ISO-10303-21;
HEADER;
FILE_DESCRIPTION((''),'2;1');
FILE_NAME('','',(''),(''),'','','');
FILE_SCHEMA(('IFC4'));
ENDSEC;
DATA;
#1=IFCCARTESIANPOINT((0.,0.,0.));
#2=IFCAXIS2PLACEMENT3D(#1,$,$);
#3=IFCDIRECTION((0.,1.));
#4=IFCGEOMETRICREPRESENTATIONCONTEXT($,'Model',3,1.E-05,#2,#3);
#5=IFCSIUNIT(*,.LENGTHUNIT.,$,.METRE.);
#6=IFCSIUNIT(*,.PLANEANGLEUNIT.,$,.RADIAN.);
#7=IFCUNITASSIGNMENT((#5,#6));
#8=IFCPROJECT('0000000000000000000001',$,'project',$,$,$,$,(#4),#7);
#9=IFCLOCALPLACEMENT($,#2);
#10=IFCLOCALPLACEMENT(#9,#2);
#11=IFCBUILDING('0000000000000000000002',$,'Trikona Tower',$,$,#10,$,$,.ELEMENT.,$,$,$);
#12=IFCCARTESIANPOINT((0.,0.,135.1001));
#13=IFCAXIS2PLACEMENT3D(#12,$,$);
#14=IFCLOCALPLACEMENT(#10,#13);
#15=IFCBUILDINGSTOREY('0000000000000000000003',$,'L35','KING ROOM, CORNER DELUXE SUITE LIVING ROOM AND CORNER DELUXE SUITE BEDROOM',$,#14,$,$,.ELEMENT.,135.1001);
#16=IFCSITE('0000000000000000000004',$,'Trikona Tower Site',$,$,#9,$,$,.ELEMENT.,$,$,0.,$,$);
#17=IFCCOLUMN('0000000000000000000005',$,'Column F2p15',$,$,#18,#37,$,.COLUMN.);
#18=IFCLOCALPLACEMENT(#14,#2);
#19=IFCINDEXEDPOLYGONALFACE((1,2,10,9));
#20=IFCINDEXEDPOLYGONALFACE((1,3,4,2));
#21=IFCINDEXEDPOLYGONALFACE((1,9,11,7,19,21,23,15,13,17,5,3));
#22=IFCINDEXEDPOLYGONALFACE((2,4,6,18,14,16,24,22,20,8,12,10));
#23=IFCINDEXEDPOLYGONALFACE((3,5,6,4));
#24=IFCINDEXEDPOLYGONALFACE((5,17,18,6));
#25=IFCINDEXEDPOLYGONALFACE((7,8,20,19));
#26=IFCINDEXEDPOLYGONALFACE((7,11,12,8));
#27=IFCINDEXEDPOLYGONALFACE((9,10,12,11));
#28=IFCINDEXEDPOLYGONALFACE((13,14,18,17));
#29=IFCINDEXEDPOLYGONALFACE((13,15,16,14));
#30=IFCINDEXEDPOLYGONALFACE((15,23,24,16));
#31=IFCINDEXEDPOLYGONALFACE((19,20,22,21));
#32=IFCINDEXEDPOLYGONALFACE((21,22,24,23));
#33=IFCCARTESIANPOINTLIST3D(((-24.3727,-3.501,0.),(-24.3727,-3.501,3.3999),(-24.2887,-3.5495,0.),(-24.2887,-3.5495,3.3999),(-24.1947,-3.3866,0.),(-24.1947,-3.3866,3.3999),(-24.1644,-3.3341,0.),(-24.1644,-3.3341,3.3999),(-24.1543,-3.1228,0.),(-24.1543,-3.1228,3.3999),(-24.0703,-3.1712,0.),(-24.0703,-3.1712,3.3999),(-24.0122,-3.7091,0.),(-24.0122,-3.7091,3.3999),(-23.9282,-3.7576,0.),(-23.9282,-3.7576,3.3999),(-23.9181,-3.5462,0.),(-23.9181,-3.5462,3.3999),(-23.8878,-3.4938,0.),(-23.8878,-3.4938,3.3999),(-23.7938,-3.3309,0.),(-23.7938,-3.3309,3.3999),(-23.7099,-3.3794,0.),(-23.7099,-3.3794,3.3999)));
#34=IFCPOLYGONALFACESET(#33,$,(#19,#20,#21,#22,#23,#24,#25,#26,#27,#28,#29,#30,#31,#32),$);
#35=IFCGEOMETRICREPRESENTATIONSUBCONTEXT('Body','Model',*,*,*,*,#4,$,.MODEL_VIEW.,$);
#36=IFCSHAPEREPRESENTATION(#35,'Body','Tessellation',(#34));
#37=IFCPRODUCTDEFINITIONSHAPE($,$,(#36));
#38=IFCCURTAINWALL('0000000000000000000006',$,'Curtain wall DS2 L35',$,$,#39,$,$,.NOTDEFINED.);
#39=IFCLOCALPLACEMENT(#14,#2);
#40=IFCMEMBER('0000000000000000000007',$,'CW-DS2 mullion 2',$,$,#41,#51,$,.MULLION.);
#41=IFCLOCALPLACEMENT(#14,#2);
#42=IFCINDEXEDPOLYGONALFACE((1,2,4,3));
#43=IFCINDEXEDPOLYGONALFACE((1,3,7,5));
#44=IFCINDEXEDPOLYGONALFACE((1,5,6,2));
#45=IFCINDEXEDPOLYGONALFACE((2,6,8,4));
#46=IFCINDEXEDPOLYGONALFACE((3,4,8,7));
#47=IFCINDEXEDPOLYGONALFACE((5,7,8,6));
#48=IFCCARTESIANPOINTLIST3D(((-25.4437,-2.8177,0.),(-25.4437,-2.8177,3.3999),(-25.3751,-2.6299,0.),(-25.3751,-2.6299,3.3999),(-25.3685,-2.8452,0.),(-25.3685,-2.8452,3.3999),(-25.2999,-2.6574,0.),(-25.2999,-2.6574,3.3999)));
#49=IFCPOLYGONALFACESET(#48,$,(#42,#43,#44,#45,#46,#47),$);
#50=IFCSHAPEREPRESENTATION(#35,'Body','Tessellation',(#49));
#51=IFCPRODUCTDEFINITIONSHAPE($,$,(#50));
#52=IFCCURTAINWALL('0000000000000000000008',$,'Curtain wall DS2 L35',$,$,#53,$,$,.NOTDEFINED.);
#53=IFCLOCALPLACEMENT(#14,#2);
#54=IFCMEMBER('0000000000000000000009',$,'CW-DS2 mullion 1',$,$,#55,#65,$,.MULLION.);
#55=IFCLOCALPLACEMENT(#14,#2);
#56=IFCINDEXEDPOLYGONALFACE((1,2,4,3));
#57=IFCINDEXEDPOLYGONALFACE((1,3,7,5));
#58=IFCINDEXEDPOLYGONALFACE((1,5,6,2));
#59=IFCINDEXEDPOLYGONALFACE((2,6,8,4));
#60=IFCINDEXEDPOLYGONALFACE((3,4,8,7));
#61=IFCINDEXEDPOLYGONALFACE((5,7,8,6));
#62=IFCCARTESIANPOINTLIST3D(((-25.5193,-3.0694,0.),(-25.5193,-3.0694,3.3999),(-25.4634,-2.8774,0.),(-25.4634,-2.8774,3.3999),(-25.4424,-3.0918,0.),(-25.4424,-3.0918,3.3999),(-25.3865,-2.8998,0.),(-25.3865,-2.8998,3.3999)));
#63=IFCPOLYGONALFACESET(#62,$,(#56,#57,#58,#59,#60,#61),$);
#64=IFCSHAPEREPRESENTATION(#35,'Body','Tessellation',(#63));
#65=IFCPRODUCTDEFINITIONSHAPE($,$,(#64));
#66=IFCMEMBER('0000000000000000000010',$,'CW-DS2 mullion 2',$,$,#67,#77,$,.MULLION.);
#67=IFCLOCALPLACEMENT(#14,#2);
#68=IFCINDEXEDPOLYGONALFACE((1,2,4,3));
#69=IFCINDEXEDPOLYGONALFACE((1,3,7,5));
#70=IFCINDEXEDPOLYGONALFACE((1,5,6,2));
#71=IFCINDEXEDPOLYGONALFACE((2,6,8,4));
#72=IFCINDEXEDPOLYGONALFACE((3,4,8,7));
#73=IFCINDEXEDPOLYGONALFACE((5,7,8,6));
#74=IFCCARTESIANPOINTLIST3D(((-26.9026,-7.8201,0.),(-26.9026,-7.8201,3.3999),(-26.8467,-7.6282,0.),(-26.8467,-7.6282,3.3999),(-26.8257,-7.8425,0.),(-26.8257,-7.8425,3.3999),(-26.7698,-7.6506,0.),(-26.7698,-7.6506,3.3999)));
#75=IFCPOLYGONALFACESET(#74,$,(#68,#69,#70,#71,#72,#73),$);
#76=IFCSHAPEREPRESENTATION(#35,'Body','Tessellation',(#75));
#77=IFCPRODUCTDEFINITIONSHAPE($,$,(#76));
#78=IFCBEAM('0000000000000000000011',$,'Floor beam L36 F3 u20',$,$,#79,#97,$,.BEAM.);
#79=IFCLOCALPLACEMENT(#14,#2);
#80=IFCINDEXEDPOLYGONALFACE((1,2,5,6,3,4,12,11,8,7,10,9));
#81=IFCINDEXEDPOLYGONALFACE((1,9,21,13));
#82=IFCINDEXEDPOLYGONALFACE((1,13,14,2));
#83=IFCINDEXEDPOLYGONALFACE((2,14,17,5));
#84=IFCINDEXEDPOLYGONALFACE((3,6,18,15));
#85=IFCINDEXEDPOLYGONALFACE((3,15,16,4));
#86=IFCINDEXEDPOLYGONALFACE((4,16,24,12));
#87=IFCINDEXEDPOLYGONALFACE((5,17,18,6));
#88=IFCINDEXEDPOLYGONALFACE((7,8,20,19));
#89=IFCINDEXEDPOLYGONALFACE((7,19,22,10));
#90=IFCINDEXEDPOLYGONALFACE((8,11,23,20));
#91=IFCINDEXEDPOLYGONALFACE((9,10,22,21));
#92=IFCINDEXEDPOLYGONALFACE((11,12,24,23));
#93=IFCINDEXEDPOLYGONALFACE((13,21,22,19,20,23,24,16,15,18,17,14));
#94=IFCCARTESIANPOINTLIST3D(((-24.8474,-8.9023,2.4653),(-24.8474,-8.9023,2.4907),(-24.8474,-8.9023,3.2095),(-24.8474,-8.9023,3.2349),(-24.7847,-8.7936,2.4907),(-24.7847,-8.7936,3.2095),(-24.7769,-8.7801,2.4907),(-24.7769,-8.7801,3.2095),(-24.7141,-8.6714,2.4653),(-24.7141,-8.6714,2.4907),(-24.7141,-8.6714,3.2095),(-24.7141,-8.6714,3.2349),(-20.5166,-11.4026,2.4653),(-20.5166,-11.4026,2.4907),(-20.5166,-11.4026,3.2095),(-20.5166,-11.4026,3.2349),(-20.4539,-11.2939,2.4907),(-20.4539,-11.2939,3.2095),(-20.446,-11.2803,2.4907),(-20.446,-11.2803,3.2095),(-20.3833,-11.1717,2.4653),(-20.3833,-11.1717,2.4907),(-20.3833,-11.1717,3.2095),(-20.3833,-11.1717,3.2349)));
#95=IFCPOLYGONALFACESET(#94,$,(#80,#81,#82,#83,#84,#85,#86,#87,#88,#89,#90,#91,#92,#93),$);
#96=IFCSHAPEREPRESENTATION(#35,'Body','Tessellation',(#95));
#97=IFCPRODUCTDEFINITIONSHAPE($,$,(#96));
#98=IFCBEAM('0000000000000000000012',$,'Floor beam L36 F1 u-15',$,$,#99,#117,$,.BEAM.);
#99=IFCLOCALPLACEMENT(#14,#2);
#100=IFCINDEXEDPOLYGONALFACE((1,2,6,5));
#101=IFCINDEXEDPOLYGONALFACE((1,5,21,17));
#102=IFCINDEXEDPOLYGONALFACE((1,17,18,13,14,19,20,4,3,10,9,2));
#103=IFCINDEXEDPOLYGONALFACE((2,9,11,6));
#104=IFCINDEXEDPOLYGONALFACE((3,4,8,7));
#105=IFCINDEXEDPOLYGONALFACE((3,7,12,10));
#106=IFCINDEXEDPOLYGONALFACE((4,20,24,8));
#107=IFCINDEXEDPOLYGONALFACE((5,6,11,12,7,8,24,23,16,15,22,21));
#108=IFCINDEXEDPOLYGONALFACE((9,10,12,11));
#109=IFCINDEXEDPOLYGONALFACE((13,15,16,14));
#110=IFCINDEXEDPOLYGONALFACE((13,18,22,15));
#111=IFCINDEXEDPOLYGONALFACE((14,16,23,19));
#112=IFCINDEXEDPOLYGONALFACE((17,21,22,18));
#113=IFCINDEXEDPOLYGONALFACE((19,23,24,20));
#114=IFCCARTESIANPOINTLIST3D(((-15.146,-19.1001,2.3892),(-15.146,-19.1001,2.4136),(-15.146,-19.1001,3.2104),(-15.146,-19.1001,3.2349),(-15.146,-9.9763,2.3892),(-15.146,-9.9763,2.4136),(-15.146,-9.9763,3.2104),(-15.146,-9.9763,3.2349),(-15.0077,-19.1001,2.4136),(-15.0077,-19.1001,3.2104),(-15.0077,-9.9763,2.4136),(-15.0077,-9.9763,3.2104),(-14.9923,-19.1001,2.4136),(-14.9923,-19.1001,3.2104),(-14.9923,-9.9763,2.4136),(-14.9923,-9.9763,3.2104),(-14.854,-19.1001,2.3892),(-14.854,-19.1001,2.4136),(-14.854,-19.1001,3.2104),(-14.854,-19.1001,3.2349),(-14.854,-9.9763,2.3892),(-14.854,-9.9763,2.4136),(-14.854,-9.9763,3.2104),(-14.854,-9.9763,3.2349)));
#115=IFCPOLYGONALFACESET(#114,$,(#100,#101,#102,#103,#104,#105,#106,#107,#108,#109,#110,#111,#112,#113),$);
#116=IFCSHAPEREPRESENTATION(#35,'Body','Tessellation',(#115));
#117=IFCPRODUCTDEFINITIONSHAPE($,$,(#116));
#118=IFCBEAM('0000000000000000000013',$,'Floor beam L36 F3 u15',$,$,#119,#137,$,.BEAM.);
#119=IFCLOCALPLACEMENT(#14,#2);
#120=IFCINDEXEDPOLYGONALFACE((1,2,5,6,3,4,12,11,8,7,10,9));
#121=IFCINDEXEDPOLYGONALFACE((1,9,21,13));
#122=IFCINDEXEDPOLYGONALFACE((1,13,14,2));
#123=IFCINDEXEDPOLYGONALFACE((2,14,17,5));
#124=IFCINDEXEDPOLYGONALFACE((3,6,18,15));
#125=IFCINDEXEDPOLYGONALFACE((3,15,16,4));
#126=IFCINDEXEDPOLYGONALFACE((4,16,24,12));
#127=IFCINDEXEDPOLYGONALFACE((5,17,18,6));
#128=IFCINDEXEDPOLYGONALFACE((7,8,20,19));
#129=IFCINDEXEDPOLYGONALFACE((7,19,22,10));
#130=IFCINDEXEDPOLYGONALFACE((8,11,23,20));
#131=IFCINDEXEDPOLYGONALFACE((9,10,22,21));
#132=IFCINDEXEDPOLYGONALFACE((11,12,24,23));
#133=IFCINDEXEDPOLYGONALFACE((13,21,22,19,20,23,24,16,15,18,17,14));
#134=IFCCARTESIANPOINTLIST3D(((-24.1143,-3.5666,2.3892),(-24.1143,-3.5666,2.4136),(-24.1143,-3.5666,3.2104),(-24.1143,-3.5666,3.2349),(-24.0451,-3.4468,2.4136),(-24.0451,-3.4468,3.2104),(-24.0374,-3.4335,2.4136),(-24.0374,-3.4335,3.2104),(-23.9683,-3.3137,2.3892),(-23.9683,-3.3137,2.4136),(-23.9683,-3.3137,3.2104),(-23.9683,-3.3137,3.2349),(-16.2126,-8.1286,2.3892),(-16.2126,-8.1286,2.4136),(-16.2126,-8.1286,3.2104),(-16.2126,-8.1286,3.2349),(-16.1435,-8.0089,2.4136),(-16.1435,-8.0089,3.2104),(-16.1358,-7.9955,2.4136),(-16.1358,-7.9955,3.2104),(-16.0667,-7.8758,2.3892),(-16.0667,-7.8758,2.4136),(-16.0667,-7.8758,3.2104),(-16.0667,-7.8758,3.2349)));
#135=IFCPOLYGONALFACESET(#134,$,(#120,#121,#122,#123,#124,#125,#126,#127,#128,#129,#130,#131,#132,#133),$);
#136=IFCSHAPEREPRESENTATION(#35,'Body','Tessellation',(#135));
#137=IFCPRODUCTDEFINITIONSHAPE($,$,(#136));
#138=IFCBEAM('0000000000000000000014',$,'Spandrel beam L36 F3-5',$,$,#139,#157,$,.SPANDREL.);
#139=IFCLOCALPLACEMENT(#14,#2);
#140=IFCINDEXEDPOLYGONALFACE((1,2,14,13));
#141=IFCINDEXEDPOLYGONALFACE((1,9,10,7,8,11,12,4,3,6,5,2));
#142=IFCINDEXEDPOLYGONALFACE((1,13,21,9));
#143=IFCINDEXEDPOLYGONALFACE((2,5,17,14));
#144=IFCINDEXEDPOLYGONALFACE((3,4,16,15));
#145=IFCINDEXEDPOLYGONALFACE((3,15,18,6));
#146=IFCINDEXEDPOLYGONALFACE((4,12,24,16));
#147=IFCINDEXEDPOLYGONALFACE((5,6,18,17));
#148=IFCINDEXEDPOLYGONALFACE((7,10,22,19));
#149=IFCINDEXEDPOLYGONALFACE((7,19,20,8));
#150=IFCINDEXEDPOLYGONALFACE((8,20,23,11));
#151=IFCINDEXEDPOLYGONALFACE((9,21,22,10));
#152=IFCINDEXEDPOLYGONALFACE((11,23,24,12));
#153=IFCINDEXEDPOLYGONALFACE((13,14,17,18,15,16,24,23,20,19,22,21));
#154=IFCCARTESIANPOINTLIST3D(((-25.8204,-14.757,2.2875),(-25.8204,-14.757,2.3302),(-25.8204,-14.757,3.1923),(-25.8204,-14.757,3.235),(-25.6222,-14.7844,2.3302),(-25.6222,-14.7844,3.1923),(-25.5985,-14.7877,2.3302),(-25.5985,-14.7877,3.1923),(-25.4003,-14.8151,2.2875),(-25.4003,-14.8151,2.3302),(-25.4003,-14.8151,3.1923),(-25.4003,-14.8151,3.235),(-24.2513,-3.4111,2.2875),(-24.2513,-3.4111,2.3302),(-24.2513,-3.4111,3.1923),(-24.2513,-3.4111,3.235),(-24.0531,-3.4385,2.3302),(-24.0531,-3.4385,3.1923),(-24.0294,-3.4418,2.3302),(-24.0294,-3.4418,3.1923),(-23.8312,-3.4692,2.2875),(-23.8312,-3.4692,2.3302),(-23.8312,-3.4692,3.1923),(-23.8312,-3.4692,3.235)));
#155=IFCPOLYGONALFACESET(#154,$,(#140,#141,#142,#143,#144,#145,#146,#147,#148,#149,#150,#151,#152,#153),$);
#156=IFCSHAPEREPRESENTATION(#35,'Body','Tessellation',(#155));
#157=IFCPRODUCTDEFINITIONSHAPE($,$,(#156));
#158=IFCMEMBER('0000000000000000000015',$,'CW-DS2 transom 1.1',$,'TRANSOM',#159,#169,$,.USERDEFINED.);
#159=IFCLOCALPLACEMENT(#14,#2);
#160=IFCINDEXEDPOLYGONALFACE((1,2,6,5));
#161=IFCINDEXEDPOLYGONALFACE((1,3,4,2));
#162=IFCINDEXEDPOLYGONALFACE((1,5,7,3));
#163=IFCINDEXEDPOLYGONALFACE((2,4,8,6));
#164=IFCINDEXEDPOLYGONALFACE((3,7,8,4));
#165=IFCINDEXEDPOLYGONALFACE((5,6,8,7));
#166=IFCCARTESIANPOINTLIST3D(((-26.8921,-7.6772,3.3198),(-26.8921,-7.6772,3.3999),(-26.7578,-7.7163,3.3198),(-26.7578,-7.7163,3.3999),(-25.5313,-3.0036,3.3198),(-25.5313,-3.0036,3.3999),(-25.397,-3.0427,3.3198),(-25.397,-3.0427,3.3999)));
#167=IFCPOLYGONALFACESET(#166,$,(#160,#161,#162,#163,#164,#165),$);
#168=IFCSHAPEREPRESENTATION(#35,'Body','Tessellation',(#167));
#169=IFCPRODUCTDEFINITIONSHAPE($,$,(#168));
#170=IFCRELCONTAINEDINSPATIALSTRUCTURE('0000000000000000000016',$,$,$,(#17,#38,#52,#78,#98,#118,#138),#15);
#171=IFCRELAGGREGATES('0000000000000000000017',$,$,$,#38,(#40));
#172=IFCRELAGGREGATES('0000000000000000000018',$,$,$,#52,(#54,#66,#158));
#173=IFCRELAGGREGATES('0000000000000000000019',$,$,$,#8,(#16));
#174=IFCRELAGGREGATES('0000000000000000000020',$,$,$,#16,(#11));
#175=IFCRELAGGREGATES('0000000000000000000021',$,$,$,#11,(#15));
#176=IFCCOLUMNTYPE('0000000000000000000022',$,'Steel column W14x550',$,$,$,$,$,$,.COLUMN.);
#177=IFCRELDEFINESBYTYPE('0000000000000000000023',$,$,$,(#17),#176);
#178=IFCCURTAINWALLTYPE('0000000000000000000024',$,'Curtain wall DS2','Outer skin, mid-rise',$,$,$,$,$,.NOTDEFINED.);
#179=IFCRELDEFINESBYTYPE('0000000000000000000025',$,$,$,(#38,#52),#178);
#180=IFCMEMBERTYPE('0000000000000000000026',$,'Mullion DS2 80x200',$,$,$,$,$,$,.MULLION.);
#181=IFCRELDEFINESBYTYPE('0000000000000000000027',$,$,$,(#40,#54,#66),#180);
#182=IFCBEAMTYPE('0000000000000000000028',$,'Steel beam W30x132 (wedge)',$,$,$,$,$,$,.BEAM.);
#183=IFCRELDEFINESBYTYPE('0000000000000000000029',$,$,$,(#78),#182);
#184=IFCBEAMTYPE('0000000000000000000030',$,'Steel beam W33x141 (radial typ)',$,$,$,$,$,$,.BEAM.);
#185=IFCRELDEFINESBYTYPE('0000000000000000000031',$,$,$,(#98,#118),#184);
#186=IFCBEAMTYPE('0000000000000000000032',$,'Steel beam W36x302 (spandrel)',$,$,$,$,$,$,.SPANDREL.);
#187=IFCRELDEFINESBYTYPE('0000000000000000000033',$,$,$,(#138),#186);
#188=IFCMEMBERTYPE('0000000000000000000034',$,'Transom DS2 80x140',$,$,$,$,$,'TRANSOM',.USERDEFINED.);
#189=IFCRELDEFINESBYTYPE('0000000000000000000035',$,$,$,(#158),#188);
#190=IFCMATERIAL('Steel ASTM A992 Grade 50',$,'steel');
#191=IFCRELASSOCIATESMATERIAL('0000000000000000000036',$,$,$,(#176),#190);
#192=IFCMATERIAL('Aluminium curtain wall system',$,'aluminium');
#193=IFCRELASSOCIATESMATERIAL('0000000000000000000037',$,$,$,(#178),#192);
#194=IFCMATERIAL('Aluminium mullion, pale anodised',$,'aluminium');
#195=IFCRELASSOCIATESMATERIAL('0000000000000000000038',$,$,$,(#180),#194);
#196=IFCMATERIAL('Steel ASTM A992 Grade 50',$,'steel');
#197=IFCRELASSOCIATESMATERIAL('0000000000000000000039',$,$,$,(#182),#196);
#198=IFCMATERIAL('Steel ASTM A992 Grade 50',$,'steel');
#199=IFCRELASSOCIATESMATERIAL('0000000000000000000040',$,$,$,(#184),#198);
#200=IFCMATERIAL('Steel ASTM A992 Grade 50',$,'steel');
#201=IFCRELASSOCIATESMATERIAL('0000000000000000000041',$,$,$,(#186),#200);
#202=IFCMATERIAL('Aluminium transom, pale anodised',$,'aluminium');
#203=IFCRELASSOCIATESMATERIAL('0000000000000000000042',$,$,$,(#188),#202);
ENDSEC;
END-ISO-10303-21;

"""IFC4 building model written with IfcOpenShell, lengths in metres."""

from ifc_helpers import new_model, si_unit, direction, frame, origin, origin_2d, place, context, subcontext, project, spatial, rectangle, i_section, extrude, material, material_profile, profile_set, type_object, element, aggregate, save


model = new_model("IFC4")

# Units and contexts
model_context = context("Model", 3, precision=1e-05, world=origin(), true_north=direction((0.0, 1.0)))
body_context = subcontext(model_context, "Body", "Model", "MODEL_VIEW")
ifc_project = project(units=[si_unit("LENGTHUNIT", "METRE"), si_unit("PLANEANGLEUNIT", "RADIAN")], contexts=[model_context])

# Site, building, storey
site_placement = place(None, origin())
site = spatial("IfcSite", under=ifc_project, at=site_placement, Name="Trikona Tower Site", CompositionType="ELEMENT", RefElevation=0.0)
building_placement = place(site_placement, origin())
building = spatial("IfcBuilding", under=site, at=building_placement, Name="Trikona Tower", CompositionType="ELEMENT")
storey_placement = place(building_placement, frame((0.0, 0.0, 135.1001)))
storey = spatial("IfcBuildingStorey", under=building, at=storey_placement, Name="L35", Description="KING ROOM, CORNER DELUXE SUITE LIVING ROOM AND CORNER DELUXE SUITE BEDROOM", CompositionType="ELEMENT", Elevation=135.1001)

# Column
ifc_material_1 = material(Name="Steel ASTM A992 Grade 50", Category="steel")
ifc_material_profile_1 = material_profile(ifc_material_1, i_section(OverallWidth=0.4368, OverallDepth=0.5132, WebThickness=0.0605, FlangeThickness=0.0969, at=origin_2d()), Name="W14X550")
ifc_profile_set_1 = profile_set([ifc_material_profile_1], Name="Steel ASTM A992 Grade 50")
column_type = type_object("IfcColumnType", Name="Steel column W14x550", PredefinedType="COLUMN", material=ifc_profile_set_1)
column_placement = place(storey_placement, frame((-24.0413, -3.4402, 0.0), z_axis=(0.0, 0.0, 1.0), x_axis=(-0.5, -0.866025, 0.0)))
element("IfcColumn", 1, at=column_placement, inside=storey, type_object=column_type, Name="Column F2p15", PredefinedType="COLUMN", context=body_context, shape_type="SweptSolid", body=[
    extrude(i_section(OverallWidth=0.4368, OverallDepth=0.5132, WebThickness=0.0605, FlangeThickness=0.0969, at=origin_2d()), origin(), (0.0, 0.0, 1.0), 3.3999),
])

# Curtain wall, member
ifc_material_2 = material(Name="Aluminium curtain wall system", Category="aluminium")
curtain_wall_type = type_object("IfcCurtainWallType", Name="Curtain wall DS2", Description="Outer skin, mid-rise", PredefinedType="NOTDEFINED", material=ifc_material_2)
curtain_wall_1_placement = place(storey_placement, origin())
curtain_wall_1 = element("IfcCurtainWall", 2, at=curtain_wall_1_placement, inside=storey, type_object=curtain_wall_type, Name="Curtain wall DS2 L35", PredefinedType="NOTDEFINED")
ifc_material_3 = material(Name="Aluminium mullion, pale anodised", Category="aluminium")
ifc_material_profile_2 = material_profile(ifc_material_3, rectangle(XDim=0.0801, YDim=0.2, at=origin_2d()), Name="MUL-DS2")
ifc_profile_set_2 = profile_set([ifc_material_profile_2], Name="Aluminium mullion, pale anodised")
member_type_1 = type_object("IfcMemberType", Name="Mullion DS2 80x200", PredefinedType="MULLION", material=ifc_profile_set_2)
member_1_placement = place(storey_placement, frame((-25.3718, -2.7375, 0.0), z_axis=(0.0, 0.0, 1.0), x_axis=(0.939254, -0.343223, 0.0)))
member_1 = element("IfcMember", 3, at=member_1_placement, type_object=member_type_1, Name="CW-DS2 mullion 2", PredefinedType="MULLION", context=body_context, shape_type="SweptSolid", body=[
    extrude(rectangle(XDim=0.0801, YDim=0.2, at=origin_2d()), origin(), (0.0, 0.0, 1.0), 3.3999),
])
aggregate(curtain_wall_1, [member_1])

# Curtain wall, members
curtain_wall_2_placement = place(storey_placement, origin())
curtain_wall_2 = element("IfcCurtainWall", 4, at=curtain_wall_2_placement, inside=storey, type_object=curtain_wall_type, Name="Curtain wall DS2 L35", PredefinedType="NOTDEFINED")
member_2_placement = place(storey_placement, frame((-25.4529, -2.9846, 0.0), z_axis=(0.0, 0.0, 1.0), x_axis=(0.960133, -0.279543, 0.0)))
member_2 = element("IfcMember", 5, at=member_2_placement, type_object=member_type_1, Name="CW-DS2 mullion 1", PredefinedType="MULLION", context=body_context, shape_type="SweptSolid", body=[
    extrude(rectangle(XDim=0.0801, YDim=0.2, at=origin_2d()), origin(), (0.0, 0.0, 1.0), 3.3999),
])
member_3_placement = place(storey_placement, frame((-26.8362, -7.7354, 0.0), z_axis=(0.0, 0.0, 1.0), x_axis=(0.960133, -0.279543, 0.0)))
member_3 = element("IfcMember", 6, at=member_3_placement, type_object=member_type_1, Name="CW-DS2 mullion 2", PredefinedType="MULLION", context=body_context, shape_type="SweptSolid", body=[
    extrude(rectangle(XDim=0.0801, YDim=0.2, at=origin_2d()), origin(), (0.0, 0.0, 1.0), 3.3999),
])

# Beams
ifc_material_4 = material(Name="Steel ASTM A992 Grade 50", Category="steel")
ifc_material_profile_3 = material_profile(ifc_material_4, i_section(OverallWidth=0.2666, OverallDepth=0.7695, WebThickness=0.0156, FlangeThickness=0.0254, at=origin_2d()), Name="W30X132")
ifc_profile_set_3 = profile_set([ifc_material_profile_3], Name="Steel ASTM A992 Grade 50")
beam_type_1 = type_object("IfcBeamType", Name="Steel beam W30x132 (wedge)", PredefinedType="BEAM", material=ifc_profile_set_3)
beam_1_placement = place(storey_placement, frame((-20.45, -11.2871, 2.8501), z_axis=(-0.866038, 0.499977, 0.0), x_axis=(-0.499977, -0.866038, 0.0)))
element("IfcBeam", 7, at=beam_1_placement, inside=storey, type_object=beam_type_1, Name="Floor beam L36 F3 u20", PredefinedType="BEAM", context=body_context, shape_type="SweptSolid", body=[
    extrude(i_section(OverallWidth=0.2666, OverallDepth=0.7695, WebThickness=0.0156, FlangeThickness=0.0254, at=origin_2d()), origin(), (0.0, 0.0, 1.0), 5.0007),
])
ifc_material_5 = material(Name="Steel ASTM A992 Grade 50", Category="steel")
ifc_material_profile_4 = material_profile(ifc_material_5, i_section(OverallWidth=0.292, OverallDepth=0.8457, WebThickness=0.0154, FlangeThickness=0.0244, at=origin_2d()), Name="W33X141")
ifc_profile_set_4 = profile_set([ifc_material_profile_4], Name="Steel ASTM A992 Grade 50")
beam_type_2 = type_object("IfcBeamType", Name="Steel beam W33x141 (radial typ)", PredefinedType="BEAM", material=ifc_profile_set_4)
beam_2_placement = place(storey_placement, frame((-15.0, -9.9763, 2.812), z_axis=(0.0, -1.0, 0.0), x_axis=(1.0, 0.0, 0.0)))
element("IfcBeam", 8, at=beam_2_placement, inside=storey, type_object=beam_type_2, Name="Floor beam L36 F1 u-15", PredefinedType="BEAM", context=body_context, shape_type="SweptSolid", body=[
    extrude(i_section(OverallWidth=0.292, OverallDepth=0.8457, WebThickness=0.0154, FlangeThickness=0.0244, at=origin_2d()), origin(), (0.0, 0.0, 1.0), 9.1238),
])
beam_3_placement = place(storey_placement, frame((-16.1396, -8.0022, 2.812), z_axis=(-0.866025, 0.500001, 0.0), x_axis=(-0.500001, -0.866025, 0.0)))
element("IfcBeam", 9, at=beam_3_placement, inside=storey, type_object=beam_type_2, Name="Floor beam L36 F3 u15", PredefinedType="BEAM", context=body_context, shape_type="SweptSolid", body=[
    extrude(i_section(OverallWidth=0.292, OverallDepth=0.8457, WebThickness=0.0154, FlangeThickness=0.0244, at=origin_2d()), origin(), (0.0, 0.0, 1.0), 9.124),
])
ifc_material_6 = material(Name="Steel ASTM A992 Grade 50", Category="steel")
ifc_material_profile_5 = material_profile(ifc_material_6, i_section(OverallWidth=0.4241, OverallDepth=0.9475, WebThickness=0.0239, FlangeThickness=0.0427, at=origin_2d()), Name="W36X302")
ifc_profile_set_5 = profile_set([ifc_material_profile_5], Name="Steel ASTM A992 Grade 50")
beam_type_3 = type_object("IfcBeamType", Name="Steel beam W36x302 (spandrel)", PredefinedType="SPANDREL", material=ifc_profile_set_5)
beam_4_placement = place(storey_placement, frame((-24.0413, -3.4402, 2.7612), z_axis=(-0.136992, -0.990572, 0.0), x_axis=(0.990572, -0.136992, 0.0)))
element("IfcBeam", 10, at=beam_4_placement, inside=storey, type_object=beam_type_3, Name="Spandrel beam L36 F3-5", PredefinedType="SPANDREL", context=body_context, shape_type="SweptSolid", body=[
    extrude(i_section(OverallWidth=0.4241, OverallDepth=0.9475, WebThickness=0.0239, FlangeThickness=0.0427, at=origin_2d()), origin(), (0.0, 0.0, 1.0), 11.4539),
])

# Member
ifc_material_7 = material(Name="Aluminium transom, pale anodised", Category="aluminium")
ifc_material_profile_6 = material_profile(ifc_material_7, rectangle(XDim=0.1399, YDim=0.0801, at=origin_2d()), Name="TRN-DS2")
ifc_profile_set_6 = profile_set([ifc_material_profile_6], Name="Aluminium transom, pale anodised")
member_type_2 = type_object("IfcMemberType", Name="Transom DS2 80x140", ElementType="TRANSOM", PredefinedType="USERDEFINED", material=ifc_profile_set_6)
member_4_placement = place(storey_placement, frame((-25.4641, -3.0232, 3.3599), z_axis=(-0.279567, -0.960126, 0.0), x_axis=(0.960126, -0.279567, 0.0)))
member_4 = element("IfcMember", 11, at=member_4_placement, type_object=member_type_2, Name="CW-DS2 transom 1.1", ObjectType="TRANSOM", PredefinedType="USERDEFINED", context=body_context, shape_type="SweptSolid", body=[
    extrude(rectangle(XDim=0.1399, YDim=0.0801, at=origin_2d()), origin(), (0.0, 0.0, 1.0), 4.8677),
])

aggregate(curtain_wall_2, [member_2, member_3, member_4])

save(model, "model.ifc")
